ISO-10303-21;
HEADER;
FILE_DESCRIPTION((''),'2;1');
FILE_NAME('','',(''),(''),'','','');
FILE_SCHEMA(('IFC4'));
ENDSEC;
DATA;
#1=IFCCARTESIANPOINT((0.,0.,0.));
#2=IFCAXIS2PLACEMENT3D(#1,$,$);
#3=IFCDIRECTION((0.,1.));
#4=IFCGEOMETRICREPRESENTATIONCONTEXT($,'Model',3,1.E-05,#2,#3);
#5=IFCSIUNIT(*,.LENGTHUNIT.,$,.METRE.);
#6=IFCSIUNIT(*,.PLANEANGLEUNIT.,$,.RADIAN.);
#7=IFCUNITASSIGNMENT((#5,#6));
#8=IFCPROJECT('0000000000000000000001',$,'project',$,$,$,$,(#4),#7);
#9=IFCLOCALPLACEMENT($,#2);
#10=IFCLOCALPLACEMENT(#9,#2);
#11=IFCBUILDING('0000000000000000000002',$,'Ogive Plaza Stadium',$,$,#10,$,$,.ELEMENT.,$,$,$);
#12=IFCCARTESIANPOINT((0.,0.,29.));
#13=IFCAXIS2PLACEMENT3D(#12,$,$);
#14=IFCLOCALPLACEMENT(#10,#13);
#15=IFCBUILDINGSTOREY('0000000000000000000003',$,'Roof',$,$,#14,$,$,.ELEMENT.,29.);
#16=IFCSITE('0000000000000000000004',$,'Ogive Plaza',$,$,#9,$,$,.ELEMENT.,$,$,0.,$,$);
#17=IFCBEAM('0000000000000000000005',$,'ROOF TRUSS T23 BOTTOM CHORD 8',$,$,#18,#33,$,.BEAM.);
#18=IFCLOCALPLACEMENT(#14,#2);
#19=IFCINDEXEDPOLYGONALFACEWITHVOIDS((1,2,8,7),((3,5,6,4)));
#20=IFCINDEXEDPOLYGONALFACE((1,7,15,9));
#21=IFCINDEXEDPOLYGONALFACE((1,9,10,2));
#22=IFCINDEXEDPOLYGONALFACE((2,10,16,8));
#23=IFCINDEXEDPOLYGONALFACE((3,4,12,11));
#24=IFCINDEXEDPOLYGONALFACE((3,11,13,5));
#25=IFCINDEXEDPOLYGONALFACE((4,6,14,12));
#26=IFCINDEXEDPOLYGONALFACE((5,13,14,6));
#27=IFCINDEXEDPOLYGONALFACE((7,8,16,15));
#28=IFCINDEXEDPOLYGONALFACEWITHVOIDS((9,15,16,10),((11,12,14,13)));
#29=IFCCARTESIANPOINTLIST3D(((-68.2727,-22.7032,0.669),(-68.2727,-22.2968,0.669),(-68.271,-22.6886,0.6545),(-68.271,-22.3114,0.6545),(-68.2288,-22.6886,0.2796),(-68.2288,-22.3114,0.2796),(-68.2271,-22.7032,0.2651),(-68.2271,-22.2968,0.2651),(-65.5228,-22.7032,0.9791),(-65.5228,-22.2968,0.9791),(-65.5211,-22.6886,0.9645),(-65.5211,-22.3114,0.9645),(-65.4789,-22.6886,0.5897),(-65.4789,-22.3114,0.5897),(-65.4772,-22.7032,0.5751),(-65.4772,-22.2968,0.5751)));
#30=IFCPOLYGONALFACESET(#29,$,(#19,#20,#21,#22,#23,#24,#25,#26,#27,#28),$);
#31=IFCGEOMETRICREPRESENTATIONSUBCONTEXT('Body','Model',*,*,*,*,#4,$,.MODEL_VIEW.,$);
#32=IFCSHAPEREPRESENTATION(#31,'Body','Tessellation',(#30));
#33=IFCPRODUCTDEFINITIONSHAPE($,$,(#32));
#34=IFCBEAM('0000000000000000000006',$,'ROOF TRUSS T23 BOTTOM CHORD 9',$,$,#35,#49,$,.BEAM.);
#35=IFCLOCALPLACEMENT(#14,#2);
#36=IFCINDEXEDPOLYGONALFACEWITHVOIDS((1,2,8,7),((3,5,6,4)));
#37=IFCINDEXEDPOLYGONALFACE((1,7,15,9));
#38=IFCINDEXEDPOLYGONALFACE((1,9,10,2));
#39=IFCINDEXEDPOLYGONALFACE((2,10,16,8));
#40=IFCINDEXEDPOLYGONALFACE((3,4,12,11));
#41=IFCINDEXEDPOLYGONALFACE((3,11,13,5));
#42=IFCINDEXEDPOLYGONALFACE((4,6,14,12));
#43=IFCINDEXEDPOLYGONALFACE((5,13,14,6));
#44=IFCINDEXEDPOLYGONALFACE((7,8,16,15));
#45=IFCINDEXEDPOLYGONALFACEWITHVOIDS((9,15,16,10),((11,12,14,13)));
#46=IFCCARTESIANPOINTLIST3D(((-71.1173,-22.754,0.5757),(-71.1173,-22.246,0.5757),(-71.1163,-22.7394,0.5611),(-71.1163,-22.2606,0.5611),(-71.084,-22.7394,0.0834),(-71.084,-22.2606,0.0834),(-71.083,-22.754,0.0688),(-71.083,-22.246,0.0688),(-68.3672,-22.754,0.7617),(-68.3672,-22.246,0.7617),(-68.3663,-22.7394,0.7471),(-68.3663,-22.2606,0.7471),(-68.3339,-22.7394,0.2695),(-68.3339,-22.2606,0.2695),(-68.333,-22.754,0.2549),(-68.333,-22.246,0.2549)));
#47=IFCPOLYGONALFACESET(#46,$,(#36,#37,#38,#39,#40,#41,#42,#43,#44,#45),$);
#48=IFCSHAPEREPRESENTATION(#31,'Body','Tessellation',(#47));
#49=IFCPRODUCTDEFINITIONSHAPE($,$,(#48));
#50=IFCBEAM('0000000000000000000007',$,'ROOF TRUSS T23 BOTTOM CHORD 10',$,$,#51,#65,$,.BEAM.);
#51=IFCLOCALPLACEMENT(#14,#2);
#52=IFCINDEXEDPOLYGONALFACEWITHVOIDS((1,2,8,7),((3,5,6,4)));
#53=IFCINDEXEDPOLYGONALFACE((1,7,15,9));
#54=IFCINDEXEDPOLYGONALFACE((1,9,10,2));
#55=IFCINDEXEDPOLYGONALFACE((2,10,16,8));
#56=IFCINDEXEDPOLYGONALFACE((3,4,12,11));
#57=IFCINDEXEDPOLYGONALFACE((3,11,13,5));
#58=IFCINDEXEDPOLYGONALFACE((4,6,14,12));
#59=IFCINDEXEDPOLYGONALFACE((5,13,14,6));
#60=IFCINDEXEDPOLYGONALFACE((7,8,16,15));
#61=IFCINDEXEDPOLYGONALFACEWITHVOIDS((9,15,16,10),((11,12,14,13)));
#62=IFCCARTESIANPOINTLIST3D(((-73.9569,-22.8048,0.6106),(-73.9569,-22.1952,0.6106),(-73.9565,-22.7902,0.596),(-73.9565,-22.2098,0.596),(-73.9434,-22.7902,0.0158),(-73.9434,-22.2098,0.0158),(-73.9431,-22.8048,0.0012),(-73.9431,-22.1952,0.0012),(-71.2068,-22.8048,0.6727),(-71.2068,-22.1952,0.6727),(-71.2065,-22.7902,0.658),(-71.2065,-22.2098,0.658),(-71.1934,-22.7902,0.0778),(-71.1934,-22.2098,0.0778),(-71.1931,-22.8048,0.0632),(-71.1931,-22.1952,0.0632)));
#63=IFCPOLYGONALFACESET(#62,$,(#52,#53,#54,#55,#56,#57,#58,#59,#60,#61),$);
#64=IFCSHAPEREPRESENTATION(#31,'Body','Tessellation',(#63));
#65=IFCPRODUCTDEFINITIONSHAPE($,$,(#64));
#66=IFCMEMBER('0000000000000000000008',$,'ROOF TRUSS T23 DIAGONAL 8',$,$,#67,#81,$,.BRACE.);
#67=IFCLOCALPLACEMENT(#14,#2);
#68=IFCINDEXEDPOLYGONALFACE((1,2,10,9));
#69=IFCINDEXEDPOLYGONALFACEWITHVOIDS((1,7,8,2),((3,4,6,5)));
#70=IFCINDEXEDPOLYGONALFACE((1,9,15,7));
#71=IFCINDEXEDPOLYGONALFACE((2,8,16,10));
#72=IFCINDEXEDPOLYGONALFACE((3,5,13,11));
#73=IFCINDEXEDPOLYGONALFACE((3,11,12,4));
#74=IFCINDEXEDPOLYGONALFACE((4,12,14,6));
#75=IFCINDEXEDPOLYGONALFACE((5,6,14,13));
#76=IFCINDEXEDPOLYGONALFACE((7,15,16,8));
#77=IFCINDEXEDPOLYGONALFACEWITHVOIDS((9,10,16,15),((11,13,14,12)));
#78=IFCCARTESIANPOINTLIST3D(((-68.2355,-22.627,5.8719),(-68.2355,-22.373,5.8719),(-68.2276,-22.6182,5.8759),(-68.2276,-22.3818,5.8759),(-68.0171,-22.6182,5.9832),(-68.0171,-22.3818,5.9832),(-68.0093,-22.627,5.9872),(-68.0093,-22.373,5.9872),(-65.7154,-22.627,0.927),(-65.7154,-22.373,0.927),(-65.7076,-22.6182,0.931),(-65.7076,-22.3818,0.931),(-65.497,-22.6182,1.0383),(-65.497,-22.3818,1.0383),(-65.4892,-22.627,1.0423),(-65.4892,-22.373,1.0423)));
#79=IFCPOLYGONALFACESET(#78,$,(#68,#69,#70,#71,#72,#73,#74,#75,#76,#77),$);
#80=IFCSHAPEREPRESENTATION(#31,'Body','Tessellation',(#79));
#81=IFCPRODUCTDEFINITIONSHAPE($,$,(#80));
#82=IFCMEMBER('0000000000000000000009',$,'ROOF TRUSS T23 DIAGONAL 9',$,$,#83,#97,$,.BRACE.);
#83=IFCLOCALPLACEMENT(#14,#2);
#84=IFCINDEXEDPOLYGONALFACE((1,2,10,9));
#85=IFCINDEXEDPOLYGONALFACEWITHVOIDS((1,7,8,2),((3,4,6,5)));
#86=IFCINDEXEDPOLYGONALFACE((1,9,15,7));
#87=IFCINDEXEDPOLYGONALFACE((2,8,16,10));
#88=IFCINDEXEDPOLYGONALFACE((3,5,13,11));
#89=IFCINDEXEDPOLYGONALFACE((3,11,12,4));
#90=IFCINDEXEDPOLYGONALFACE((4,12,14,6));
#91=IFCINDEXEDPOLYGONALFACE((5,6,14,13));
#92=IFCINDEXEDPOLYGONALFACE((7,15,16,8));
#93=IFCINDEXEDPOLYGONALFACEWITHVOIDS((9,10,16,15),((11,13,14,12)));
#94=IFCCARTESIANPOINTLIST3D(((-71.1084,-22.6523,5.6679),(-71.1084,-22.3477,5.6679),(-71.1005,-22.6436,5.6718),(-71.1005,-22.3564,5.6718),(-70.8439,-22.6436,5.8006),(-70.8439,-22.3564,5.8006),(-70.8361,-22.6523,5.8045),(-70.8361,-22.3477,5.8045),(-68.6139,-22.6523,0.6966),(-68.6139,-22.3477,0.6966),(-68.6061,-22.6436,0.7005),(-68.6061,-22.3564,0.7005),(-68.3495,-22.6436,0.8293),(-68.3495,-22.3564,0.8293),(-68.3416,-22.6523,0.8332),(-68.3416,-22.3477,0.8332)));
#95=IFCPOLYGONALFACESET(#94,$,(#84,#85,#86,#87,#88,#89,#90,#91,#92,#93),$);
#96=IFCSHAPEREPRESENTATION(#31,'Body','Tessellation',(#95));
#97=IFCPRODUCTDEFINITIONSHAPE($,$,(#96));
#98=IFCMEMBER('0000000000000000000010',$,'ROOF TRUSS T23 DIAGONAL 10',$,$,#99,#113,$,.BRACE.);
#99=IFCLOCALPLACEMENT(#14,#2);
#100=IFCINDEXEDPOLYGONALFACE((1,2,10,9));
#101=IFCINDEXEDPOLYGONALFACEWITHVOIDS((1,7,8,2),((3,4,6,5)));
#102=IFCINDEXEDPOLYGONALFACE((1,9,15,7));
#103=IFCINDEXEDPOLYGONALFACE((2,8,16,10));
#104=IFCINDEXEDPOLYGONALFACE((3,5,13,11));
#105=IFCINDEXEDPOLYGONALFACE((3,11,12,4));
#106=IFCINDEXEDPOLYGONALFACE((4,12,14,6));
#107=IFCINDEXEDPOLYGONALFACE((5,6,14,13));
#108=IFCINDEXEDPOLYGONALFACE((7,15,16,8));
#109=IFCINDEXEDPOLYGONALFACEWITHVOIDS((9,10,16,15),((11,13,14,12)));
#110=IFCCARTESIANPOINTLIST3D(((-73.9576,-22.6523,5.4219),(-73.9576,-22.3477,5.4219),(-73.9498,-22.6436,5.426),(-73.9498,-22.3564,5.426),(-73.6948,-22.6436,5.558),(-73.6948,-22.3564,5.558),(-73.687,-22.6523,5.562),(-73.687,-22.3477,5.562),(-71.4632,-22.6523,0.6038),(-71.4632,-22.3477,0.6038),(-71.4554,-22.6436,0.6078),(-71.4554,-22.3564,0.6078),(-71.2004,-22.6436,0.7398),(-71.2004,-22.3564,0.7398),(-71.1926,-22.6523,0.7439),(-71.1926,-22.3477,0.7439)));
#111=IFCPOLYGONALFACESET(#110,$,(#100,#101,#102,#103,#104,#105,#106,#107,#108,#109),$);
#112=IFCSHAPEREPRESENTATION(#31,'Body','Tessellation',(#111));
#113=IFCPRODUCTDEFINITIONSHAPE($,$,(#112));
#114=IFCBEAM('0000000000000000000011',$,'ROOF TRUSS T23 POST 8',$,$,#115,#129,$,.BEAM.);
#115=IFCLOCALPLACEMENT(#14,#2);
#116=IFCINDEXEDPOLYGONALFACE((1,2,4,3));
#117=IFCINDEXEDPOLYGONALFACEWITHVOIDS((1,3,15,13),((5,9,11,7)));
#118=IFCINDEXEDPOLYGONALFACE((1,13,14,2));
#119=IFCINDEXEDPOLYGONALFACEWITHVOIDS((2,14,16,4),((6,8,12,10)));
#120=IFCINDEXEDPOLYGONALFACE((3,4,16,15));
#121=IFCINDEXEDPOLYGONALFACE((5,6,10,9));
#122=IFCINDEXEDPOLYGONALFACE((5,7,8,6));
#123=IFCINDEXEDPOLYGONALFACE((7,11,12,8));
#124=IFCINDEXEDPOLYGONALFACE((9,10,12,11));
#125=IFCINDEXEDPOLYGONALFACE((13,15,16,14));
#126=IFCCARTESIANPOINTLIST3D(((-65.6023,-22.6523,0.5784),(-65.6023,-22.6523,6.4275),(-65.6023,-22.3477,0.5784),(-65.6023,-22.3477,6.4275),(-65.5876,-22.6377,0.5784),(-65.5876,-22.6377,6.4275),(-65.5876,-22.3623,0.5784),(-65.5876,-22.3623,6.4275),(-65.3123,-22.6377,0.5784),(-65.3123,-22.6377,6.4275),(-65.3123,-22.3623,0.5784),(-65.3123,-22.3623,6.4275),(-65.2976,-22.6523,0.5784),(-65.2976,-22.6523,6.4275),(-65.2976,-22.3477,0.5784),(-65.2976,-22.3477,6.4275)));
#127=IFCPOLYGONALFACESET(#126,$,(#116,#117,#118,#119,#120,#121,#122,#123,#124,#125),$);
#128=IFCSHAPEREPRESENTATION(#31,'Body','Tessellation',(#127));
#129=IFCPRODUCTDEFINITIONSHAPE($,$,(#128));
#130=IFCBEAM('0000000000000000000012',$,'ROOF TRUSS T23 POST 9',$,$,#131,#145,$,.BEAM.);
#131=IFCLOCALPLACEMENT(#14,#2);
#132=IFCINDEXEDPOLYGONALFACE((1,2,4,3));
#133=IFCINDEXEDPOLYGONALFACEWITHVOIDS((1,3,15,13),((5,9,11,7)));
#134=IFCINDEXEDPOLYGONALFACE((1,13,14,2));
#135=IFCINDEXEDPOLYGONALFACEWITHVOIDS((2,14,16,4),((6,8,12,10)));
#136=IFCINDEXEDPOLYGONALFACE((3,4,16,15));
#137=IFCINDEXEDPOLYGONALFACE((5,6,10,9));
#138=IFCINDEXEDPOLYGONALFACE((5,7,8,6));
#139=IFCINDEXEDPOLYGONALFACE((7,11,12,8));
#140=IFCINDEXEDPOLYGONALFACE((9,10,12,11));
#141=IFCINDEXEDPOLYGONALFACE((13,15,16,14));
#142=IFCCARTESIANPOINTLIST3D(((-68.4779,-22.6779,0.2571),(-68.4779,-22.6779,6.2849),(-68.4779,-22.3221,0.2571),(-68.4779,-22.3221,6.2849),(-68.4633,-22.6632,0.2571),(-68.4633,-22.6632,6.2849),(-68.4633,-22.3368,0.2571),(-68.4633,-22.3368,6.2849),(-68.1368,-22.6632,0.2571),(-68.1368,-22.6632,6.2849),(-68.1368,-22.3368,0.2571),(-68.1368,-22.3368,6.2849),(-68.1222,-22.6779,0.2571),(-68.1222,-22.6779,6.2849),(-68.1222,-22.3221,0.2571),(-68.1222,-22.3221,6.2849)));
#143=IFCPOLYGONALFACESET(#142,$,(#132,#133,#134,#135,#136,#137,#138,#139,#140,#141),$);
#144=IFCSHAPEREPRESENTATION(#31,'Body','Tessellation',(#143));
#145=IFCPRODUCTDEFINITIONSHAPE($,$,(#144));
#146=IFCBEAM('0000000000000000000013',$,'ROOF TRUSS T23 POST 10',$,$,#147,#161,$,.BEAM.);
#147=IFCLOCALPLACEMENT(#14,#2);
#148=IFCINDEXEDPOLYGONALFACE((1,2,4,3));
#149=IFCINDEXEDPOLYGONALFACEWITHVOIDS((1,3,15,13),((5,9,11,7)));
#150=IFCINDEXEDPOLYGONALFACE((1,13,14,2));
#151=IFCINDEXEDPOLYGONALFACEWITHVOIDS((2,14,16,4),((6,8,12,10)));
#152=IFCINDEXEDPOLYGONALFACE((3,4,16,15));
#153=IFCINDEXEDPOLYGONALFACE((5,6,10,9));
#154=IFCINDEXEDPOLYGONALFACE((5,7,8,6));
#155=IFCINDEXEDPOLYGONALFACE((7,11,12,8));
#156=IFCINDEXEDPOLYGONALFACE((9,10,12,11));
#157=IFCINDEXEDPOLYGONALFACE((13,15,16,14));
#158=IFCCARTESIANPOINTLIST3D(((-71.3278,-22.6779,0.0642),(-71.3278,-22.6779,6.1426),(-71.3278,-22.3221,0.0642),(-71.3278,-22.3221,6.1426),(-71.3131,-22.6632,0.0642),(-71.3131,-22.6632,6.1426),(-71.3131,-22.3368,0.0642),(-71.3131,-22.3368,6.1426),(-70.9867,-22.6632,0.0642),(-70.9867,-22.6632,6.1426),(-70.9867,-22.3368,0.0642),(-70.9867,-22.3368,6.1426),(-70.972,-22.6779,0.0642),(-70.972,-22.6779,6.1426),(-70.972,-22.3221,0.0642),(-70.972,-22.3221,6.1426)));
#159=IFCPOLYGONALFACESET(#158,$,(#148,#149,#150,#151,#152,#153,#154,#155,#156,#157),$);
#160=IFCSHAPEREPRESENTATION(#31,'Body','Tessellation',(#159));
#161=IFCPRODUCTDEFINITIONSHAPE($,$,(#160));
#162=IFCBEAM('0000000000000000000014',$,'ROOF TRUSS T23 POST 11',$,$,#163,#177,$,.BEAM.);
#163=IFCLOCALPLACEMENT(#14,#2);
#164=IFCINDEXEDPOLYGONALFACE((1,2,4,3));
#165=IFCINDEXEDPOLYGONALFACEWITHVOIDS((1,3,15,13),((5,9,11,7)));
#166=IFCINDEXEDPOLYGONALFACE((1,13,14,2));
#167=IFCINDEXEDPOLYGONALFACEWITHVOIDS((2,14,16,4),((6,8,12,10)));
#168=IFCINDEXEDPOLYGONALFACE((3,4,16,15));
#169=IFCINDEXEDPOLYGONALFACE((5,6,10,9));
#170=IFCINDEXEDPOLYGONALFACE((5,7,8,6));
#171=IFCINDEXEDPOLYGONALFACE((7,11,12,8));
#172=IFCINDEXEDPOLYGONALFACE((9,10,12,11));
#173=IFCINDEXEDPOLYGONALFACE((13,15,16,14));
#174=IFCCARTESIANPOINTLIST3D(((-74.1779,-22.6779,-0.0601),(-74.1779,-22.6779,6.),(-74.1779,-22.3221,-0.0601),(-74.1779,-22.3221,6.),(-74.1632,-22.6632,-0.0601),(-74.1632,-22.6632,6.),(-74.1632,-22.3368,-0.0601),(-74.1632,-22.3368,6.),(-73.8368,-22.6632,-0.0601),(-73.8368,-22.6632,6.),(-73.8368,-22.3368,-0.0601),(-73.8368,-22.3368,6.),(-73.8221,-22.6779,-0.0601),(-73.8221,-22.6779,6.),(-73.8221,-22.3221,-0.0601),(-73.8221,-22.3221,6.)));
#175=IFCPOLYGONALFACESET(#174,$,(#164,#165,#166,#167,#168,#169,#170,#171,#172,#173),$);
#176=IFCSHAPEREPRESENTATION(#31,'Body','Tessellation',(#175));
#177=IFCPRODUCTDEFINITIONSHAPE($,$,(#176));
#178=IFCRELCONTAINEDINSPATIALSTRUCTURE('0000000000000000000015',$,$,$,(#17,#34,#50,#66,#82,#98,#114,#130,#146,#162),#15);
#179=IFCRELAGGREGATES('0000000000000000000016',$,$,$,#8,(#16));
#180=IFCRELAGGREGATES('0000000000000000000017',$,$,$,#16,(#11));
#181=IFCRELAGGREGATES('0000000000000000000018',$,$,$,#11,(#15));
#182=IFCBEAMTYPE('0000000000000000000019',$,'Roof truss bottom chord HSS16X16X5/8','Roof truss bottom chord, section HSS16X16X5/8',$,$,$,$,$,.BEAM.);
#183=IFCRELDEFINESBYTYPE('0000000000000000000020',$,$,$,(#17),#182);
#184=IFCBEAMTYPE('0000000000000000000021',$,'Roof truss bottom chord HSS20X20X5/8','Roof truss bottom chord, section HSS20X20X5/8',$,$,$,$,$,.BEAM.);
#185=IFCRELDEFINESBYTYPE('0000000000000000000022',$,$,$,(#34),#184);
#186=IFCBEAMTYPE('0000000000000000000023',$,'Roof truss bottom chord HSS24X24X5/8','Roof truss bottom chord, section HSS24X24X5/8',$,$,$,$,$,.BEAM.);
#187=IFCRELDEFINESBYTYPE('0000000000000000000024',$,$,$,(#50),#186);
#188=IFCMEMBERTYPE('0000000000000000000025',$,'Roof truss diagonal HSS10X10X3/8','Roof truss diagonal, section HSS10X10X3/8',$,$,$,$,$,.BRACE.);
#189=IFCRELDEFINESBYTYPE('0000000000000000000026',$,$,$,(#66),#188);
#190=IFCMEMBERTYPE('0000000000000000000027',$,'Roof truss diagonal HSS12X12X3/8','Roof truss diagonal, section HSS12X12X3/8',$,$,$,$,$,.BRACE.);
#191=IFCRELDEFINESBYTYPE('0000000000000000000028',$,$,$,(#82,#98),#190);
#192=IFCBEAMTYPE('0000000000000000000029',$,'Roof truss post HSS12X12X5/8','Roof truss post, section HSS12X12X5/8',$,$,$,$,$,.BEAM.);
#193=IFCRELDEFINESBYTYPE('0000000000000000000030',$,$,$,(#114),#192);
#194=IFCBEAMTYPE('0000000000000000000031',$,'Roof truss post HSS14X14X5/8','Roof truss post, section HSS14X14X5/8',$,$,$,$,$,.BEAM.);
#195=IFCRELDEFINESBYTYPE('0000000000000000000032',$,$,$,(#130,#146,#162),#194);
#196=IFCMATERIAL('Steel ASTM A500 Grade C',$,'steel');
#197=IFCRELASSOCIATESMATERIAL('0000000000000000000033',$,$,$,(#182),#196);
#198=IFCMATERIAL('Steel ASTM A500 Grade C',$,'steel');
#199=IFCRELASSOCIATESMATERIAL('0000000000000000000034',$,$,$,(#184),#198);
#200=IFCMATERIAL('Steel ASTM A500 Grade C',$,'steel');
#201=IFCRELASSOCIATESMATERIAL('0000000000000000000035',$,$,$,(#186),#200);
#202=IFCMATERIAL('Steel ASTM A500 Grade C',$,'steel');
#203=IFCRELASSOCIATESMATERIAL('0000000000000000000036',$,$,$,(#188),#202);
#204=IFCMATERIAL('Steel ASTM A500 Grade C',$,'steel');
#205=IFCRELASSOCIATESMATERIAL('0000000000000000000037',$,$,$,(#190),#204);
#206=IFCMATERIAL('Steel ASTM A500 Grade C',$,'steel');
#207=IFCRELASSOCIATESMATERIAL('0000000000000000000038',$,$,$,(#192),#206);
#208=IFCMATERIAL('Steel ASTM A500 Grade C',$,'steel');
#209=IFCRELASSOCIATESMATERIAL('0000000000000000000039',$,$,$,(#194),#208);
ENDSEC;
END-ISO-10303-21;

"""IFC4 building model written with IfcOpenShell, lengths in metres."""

from ifc_helpers import new_model, si_unit, direction, frame, origin, origin_2d, place, context, subcontext, project, spatial, hollow_rectangle, extrude, material, material_profile, profile_set, type_object, element, save


model = new_model("IFC4")

# Units and contexts
model_context = context("Model", 3, precision=1e-05, world=origin(), true_north=direction((0.0, 1.0)))
body_context = subcontext(model_context, "Body", "Model", "MODEL_VIEW")
ifc_project = project(units=[si_unit("LENGTHUNIT", "METRE"), si_unit("PLANEANGLEUNIT", "RADIAN")], contexts=[model_context])

# Site, building, storey
site_placement = place(None, origin())
site = spatial("IfcSite", under=ifc_project, at=site_placement, Name="Ogive Plaza", CompositionType="ELEMENT", RefElevation=0.0)
building_placement = place(site_placement, origin())
building = spatial("IfcBuilding", under=site, at=building_placement, Name="Ogive Plaza Stadium", CompositionType="ELEMENT")
storey_placement = place(building_placement, frame((0.0, 0.0, 29.0)))
storey = spatial("IfcBuildingStorey", under=building, at=storey_placement, Name="Roof", CompositionType="ELEMENT", Elevation=29.0)

# Beams
ifc_material_1 = material(Name="Steel ASTM A500 Grade C", Category="steel")
ifc_material_profile_1 = material_profile(ifc_material_1, hollow_rectangle(XDim=0.4065, YDim=0.4065, WallThickness=0.0146, at=origin_2d()), Name="HSS16X16X5/8")
ifc_profile_set_1 = profile_set([ifc_material_profile_1], Name="Steel ASTM A500 Grade C")
beam_type_1 = type_object("IfcBeamType", Name="Roof truss bottom chord HSS16X16X5/8", Description="Roof truss bottom chord, section HSS16X16X5/8", PredefinedType="BEAM", material=ifc_profile_set_1)
beam_1_placement = place(storey_placement, frame((-65.5, -22.5, 0.7771), z_axis=(-0.993704, 0.0, -0.112039), x_axis=(0.0, -1.0, 0.0)))
element("IfcBeam", 1, at=beam_1_placement, inside=storey, type_object=beam_type_1, Name="ROOF TRUSS T23 BOTTOM CHORD 8", PredefinedType="BEAM", context=body_context, shape_type="SweptSolid", body=[
    extrude(hollow_rectangle(XDim=0.4065, YDim=0.4065, WallThickness=0.0146, at=origin_2d()), origin(), (0.0, 0.0, 1.0), 2.7673),
])
ifc_material_2 = material(Name="Steel ASTM A500 Grade C", Category="steel")
ifc_material_profile_2 = material_profile(ifc_material_2, hollow_rectangle(XDim=0.5081, YDim=0.5081, WallThickness=0.0146, at=origin_2d()), Name="HSS20X20X5/8")
ifc_profile_set_2 = profile_set([ifc_material_profile_2], Name="Steel ASTM A500 Grade C")
beam_type_2 = type_object("IfcBeamType", Name="Roof truss bottom chord HSS20X20X5/8", Description="Roof truss bottom chord, section HSS20X20X5/8", PredefinedType="BEAM", material=ifc_profile_set_2)
beam_2_placement = place(storey_placement, frame((-68.3501, -22.5, 0.5083), z_axis=(-0.99772, 0.0, -0.067495), x_axis=(0.0, -1.0, 0.0)))
element("IfcBeam", 2, at=beam_2_placement, inside=storey, type_object=beam_type_2, Name="ROOF TRUSS T23 BOTTOM CHORD 9", PredefinedType="BEAM", context=body_context, shape_type="SweptSolid", body=[
    extrude(hollow_rectangle(XDim=0.5081, YDim=0.5081, WallThickness=0.0146, at=origin_2d()), origin(), (0.0, 0.0, 1.0), 2.7563),
])
ifc_material_3 = material(Name="Steel ASTM A500 Grade C", Category="steel")
ifc_material_profile_3 = material_profile(ifc_material_3, hollow_rectangle(XDim=0.6096, YDim=0.6096, WallThickness=0.0146, at=origin_2d()), Name="HSS24X24X5/8")
ifc_profile_set_3 = profile_set([ifc_material_profile_3], Name="Steel ASTM A500 Grade C")
beam_type_3 = type_object("IfcBeamType", Name="Roof truss bottom chord HSS24X24X5/8", Description="Roof truss bottom chord, section HSS24X24X5/8", PredefinedType="BEAM", material=ifc_profile_set_3)
beam_3_placement = place(storey_placement, frame((-71.2, -22.5, 0.3679), z_axis=(-0.999746, 0.0, -0.022544), x_axis=(0.0, -1.0, 0.0)))
element("IfcBeam", 3, at=beam_3_placement, inside=storey, type_object=beam_type_3, Name="ROOF TRUSS T23 BOTTOM CHORD 10", PredefinedType="BEAM", context=body_context, shape_type="SweptSolid", body=[
    extrude(hollow_rectangle(XDim=0.6096, YDim=0.6096, WallThickness=0.0146, at=origin_2d()), origin(), (0.0, 0.0, 1.0), 2.7507),
])

# Members
ifc_material_4 = material(Name="Steel ASTM A500 Grade C", Category="steel")
ifc_material_profile_4 = material_profile(ifc_material_4, hollow_rectangle(XDim=0.2539, YDim=0.2539, WallThickness=0.0088, at=origin_2d()), Name="HSS10X10X3/8")
ifc_profile_set_4 = profile_set([ifc_material_profile_4], Name="Steel ASTM A500 Grade C")
member_type_1 = type_object("IfcMemberType", Name="Roof truss diagonal HSS10X10X3/8", Description="Roof truss diagonal, section HSS10X10X3/8", PredefinedType="BRACE", material=ifc_profile_set_4)
member_1_placement = place(storey_placement, frame((-65.6023, -22.5, 0.9846), z_axis=(-0.454063, 0.0, 0.89097), x_axis=(0.0, -1.0, 0.0)))
element("IfcMember", 4, at=member_1_placement, inside=storey, type_object=member_type_1, Name="ROOF TRUSS T23 DIAGONAL 8", PredefinedType="BRACE", context=body_context, shape_type="SweptSolid", body=[
    extrude(hollow_rectangle(XDim=0.2539, YDim=0.2539, WallThickness=0.0088, at=origin_2d()), origin(), (0.0, 0.0, 1.0), 5.55),
])
ifc_material_5 = material(Name="Steel ASTM A500 Grade C", Category="steel")
ifc_material_profile_5 = material_profile(ifc_material_5, hollow_rectangle(XDim=0.3047, YDim=0.3047, WallThickness=0.0088, at=origin_2d()), Name="HSS12X12X3/8")
ifc_profile_set_5 = profile_set([ifc_material_profile_5], Name="Steel ASTM A500 Grade C")
member_type_2 = type_object("IfcMemberType", Name="Roof truss diagonal HSS12X12X3/8", Description="Roof truss diagonal, section HSS12X12X3/8", PredefinedType="BRACE", material=ifc_profile_set_5)
member_2_placement = place(storey_placement, frame((-68.4778, -22.5, 0.7649), z_axis=(-0.448477, 0.0, 0.893794), x_axis=(0.0, -1.0, 0.0)))
element("IfcMember", 5, at=member_2_placement, inside=storey, type_object=member_type_2, Name="ROOF TRUSS T23 DIAGONAL 9", PredefinedType="BRACE", context=body_context, shape_type="SweptSolid", body=[
    extrude(hollow_rectangle(XDim=0.3047, YDim=0.3047, WallThickness=0.0088, at=origin_2d()), origin(), (0.0, 0.0, 1.0), 5.562),
])
member_3_placement = place(storey_placement, frame((-71.3279, -22.5, 0.6738), z_axis=(-0.459751, 0.0, 0.888048), x_axis=(0.0, -1.0, 0.0)))
element("IfcMember", 6, at=member_3_placement, inside=storey, type_object=member_type_2, Name="ROOF TRUSS T23 DIAGONAL 10", PredefinedType="BRACE", context=body_context, shape_type="SweptSolid", body=[
    extrude(hollow_rectangle(XDim=0.3047, YDim=0.3047, WallThickness=0.0088, at=origin_2d()), origin(), (0.0, 0.0, 1.0), 5.4255),
])

# Beams
ifc_material_6 = material(Name="Steel ASTM A500 Grade C", Category="steel")
ifc_material_profile_6 = material_profile(ifc_material_6, hollow_rectangle(XDim=0.3047, YDim=0.3047, WallThickness=0.0146, at=origin_2d()), Name="HSS12X12X5/8")
ifc_profile_set_6 = profile_set([ifc_material_profile_6], Name="Steel ASTM A500 Grade C")
beam_type_4 = type_object("IfcBeamType", Name="Roof truss post HSS12X12X5/8", Description="Roof truss post, section HSS12X12X5/8", PredefinedType="BEAM", material=ifc_profile_set_6)
beam_4_placement = place(storey_placement, frame((-65.45, -22.5, 0.5784), z_axis=(0.0, 0.0, 1.0), x_axis=(0.0, -1.0, 0.0)))
element("IfcBeam", 7, at=beam_4_placement, inside=storey, type_object=beam_type_4, Name="ROOF TRUSS T23 POST 8", PredefinedType="BEAM", context=body_context, shape_type="SweptSolid", body=[
    extrude(hollow_rectangle(XDim=0.3047, YDim=0.3047, WallThickness=0.0146, at=origin_2d()), origin(), (0.0, 0.0, 1.0), 5.8491),
])
ifc_material_7 = material(Name="Steel ASTM A500 Grade C", Category="steel")
ifc_material_profile_7 = material_profile(ifc_material_7, hollow_rectangle(XDim=0.3557, YDim=0.3557, WallThickness=0.0146, at=origin_2d()), Name="HSS14X14X5/8")
ifc_profile_set_7 = profile_set([ifc_material_profile_7], Name="Steel ASTM A500 Grade C")
beam_type_5 = type_object("IfcBeamType", Name="Roof truss post HSS14X14X5/8", Description="Roof truss post, section HSS14X14X5/8", PredefinedType="BEAM", material=ifc_profile_set_7)
beam_5_placement = place(storey_placement, frame((-68.3, -22.5, 0.2571), z_axis=(0.0, 0.0, 1.0), x_axis=(0.0, -1.0, 0.0)))
element("IfcBeam", 8, at=beam_5_placement, inside=storey, type_object=beam_type_5, Name="ROOF TRUSS T23 POST 9", PredefinedType="BEAM", context=body_context, shape_type="SweptSolid", body=[
    extrude(hollow_rectangle(XDim=0.3557, YDim=0.3557, WallThickness=0.0146, at=origin_2d()), origin(), (0.0, 0.0, 1.0), 6.0278),
])
beam_6_placement = place(storey_placement, frame((-71.1499, -22.5, 0.0642), z_axis=(0.0, 0.0, 1.0), x_axis=(0.0, -1.0, 0.0)))
element("IfcBeam", 9, at=beam_6_placement, inside=storey, type_object=beam_type_5, Name="ROOF TRUSS T23 POST 10", PredefinedType="BEAM", context=body_context, shape_type="SweptSolid", body=[
    extrude(hollow_rectangle(XDim=0.3557, YDim=0.3557, WallThickness=0.0146, at=origin_2d()), origin(), (0.0, 0.0, 1.0), 6.0784),
])
beam_7_placement = place(storey_placement, frame((-74.0, -22.5, -0.0601), z_axis=(0.0, 0.0, 1.0), x_axis=(0.0, -1.0, 0.0)))
element("IfcBeam", 10, at=beam_7_placement, inside=storey, type_object=beam_type_5, Name="ROOF TRUSS T23 POST 11", PredefinedType="BEAM", context=body_context, shape_type="SweptSolid", body=[
    extrude(hollow_rectangle(XDim=0.3557, YDim=0.3557, WallThickness=0.0146, at=origin_2d()), origin(), (0.0, 0.0, 1.0), 6.0601),
])

save(model, "model.ifc")
